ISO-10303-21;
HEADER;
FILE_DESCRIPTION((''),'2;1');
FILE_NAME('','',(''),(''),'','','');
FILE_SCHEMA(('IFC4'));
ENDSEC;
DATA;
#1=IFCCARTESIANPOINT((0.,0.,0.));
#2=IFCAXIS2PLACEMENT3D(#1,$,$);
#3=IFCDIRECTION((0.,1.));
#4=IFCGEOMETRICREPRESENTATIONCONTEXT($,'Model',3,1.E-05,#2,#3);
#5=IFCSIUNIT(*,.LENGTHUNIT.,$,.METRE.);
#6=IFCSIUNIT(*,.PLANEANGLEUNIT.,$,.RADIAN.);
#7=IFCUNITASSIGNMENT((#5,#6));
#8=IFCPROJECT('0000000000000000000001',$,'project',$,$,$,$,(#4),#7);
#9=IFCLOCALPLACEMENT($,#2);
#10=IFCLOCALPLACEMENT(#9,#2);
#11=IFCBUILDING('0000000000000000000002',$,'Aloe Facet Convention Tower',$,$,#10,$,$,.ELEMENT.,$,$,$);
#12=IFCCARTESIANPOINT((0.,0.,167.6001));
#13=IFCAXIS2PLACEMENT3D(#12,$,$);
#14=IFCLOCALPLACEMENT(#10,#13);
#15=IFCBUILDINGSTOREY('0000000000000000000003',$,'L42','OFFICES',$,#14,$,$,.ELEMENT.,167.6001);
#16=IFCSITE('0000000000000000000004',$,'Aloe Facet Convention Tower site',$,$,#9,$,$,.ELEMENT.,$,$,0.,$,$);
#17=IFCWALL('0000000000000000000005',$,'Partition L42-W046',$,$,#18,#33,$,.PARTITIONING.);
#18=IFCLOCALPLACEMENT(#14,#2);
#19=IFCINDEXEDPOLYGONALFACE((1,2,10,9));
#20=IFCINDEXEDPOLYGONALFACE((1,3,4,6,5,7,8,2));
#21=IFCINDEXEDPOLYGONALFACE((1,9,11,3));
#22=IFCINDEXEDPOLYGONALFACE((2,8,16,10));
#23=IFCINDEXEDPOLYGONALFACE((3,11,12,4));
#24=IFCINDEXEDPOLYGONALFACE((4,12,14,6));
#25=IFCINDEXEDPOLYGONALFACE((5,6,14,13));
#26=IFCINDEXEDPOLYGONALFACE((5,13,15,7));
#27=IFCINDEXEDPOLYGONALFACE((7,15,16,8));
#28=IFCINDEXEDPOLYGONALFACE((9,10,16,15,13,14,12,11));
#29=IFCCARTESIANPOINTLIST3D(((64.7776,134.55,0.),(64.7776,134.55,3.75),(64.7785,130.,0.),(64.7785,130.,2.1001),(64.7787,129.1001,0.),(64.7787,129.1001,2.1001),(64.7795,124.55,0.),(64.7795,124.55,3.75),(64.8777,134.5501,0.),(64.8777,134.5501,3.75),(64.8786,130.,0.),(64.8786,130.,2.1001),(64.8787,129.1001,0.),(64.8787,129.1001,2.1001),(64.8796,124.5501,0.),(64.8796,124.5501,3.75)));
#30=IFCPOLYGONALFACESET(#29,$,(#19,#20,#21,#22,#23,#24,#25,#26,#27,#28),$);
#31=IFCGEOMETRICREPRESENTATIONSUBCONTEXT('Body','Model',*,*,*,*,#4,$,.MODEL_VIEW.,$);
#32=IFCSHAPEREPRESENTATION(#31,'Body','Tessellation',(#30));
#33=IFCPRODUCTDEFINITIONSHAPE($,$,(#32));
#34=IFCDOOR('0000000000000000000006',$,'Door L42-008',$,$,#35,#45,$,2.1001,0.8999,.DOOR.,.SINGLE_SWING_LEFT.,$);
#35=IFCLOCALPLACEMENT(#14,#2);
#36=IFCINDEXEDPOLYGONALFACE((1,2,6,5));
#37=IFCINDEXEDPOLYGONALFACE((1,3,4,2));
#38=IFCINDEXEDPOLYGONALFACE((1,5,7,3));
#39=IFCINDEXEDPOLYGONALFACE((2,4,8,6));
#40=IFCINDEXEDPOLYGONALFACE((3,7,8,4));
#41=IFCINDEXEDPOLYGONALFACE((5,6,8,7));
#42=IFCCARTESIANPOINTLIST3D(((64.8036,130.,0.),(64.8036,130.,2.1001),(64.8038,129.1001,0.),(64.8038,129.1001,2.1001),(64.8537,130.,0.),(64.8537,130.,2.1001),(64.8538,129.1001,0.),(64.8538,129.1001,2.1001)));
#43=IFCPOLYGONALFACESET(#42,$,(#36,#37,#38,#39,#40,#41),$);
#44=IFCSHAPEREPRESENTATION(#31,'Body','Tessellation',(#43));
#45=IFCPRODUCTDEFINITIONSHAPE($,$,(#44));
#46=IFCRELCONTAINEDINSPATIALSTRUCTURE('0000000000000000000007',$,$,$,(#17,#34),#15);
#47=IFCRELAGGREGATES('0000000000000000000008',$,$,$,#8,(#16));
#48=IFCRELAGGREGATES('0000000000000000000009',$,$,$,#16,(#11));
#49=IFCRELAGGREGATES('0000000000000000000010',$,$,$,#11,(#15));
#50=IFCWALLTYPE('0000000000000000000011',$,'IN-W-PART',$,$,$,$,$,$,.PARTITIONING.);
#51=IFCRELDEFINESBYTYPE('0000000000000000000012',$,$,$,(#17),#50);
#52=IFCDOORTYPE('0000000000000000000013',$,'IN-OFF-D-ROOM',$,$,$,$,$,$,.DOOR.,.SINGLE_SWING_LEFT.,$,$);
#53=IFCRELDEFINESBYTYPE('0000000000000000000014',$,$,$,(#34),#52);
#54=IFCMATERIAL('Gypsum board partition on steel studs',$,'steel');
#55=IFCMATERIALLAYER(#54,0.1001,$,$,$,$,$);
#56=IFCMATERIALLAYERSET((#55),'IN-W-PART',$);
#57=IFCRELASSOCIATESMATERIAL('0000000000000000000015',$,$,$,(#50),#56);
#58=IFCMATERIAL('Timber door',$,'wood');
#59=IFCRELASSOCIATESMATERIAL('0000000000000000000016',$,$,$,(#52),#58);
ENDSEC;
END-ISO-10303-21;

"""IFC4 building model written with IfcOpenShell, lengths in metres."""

from ifc_helpers import new_model, si_unit, direction, frame, frame_2d, origin, place, context, subcontext, project, spatial, rectangle, extrude, material, layer, layer_set, type_object, element, fill, save


model = new_model("IFC4")

# Units and contexts
model_context = context("Model", 3, precision=1e-05, world=origin(), true_north=direction((0.0, 1.0)))
body_context = subcontext(model_context, "Body", "Model", "MODEL_VIEW")
ifc_project = project(units=[si_unit("LENGTHUNIT", "METRE"), si_unit("PLANEANGLEUNIT", "RADIAN")], contexts=[model_context])

# Site, building, storey
site_placement = place(None, origin())
site = spatial("IfcSite", under=ifc_project, at=site_placement, Name="Aloe Facet Convention Tower site", CompositionType="ELEMENT", RefElevation=0.0)
building_placement = place(site_placement, origin())
building = spatial("IfcBuilding", under=site, at=building_placement, Name="Aloe Facet Convention Tower", CompositionType="ELEMENT")
storey_placement = place(building_placement, frame((0.0, 0.0, 167.6001)))
storey = spatial("IfcBuildingStorey", under=building, at=storey_placement, Name="L42", Description="OFFICES", CompositionType="ELEMENT", Elevation=167.6001)

# Shared definitions
ifc_material_1 = material(Name="Gypsum board partition on steel studs", Category="steel")
ifc_layer_1 = layer(ifc_material_1, 0.1001)
ifc_layer_set_1 = layer_set([ifc_layer_1], Name="IN-W-PART")
wall_type_1 = type_object("IfcWallType", Name="IN-W-PART", PredefinedType="PARTITIONING", material=ifc_layer_set_1)

# Shared definitions
ifc_material_2 = material(Name="Timber door", Category="wood")
door_type_1 = type_object("IfcDoorType", Name="IN-OFF-D-ROOM", OperationType="SINGLE_SWING_LEFT", PredefinedType="DOOR", material=ifc_material_2)

# Wall, opening, door
wall_1_placement = place(storey_placement, frame((64.8296, 124.55, 0.0), z_axis=(0.0, 0.0, 1.0), x_axis=(-0.000195, 1.0, 0.0)))
wall_1 = element("IfcWall", 1, at=wall_1_placement, inside=storey, type_object=wall_type_1, Name="Partition L42-W046", PredefinedType="PARTITIONING", context=body_context, shape_type="SweptSolid", body=[
    extrude(rectangle(XDim=10.0, YDim=0.1001, at=frame_2d((5.0, 0.0))), origin(), (0.0, 0.0, 1.0), 3.75),
])
opening_1_placement = place(wall_1_placement, frame((4.55, 0.0, 0.0)))
opening_1 = element("IfcOpeningElement", 2, at=opening_1_placement, cuts=wall_1, PredefinedType="OPENING", context=body_context, shape_type="SweptSolid", body=[
    extrude(rectangle(XDim=0.8999, YDim=2.1001, at=frame_2d((0.45, 1.05))), frame((0.0, 0.0601, 0.0), z_axis=(0.0, -1.0, 0.0), x_axis=(1.0, 0.0, 0.0)), (0.0, 0.0, 1.0), 0.1201),
])
door_1_placement = place(opening_1_placement, origin())
door_1 = element("IfcDoor", 3, at=door_1_placement, inside=storey, type_object=door_type_1, Name="Door L42-008", OperationType="SINGLE_SWING_LEFT", OverallHeight=2.1001, OverallWidth=0.8999, PredefinedType="DOOR", context=body_context, shape_type="SweptSolid", body=[
    extrude(rectangle(XDim=0.8999, YDim=2.1001, at=frame_2d((0.45, 1.05))), frame((0.0, 0.0249, 0.0), z_axis=(0.0, -1.0, 0.0), x_axis=(1.0, 0.0, 0.0)), (0.0, 0.0, 1.0), 0.05),
])
fill(opening_1, door_1)

save(model, "model.ifc")
